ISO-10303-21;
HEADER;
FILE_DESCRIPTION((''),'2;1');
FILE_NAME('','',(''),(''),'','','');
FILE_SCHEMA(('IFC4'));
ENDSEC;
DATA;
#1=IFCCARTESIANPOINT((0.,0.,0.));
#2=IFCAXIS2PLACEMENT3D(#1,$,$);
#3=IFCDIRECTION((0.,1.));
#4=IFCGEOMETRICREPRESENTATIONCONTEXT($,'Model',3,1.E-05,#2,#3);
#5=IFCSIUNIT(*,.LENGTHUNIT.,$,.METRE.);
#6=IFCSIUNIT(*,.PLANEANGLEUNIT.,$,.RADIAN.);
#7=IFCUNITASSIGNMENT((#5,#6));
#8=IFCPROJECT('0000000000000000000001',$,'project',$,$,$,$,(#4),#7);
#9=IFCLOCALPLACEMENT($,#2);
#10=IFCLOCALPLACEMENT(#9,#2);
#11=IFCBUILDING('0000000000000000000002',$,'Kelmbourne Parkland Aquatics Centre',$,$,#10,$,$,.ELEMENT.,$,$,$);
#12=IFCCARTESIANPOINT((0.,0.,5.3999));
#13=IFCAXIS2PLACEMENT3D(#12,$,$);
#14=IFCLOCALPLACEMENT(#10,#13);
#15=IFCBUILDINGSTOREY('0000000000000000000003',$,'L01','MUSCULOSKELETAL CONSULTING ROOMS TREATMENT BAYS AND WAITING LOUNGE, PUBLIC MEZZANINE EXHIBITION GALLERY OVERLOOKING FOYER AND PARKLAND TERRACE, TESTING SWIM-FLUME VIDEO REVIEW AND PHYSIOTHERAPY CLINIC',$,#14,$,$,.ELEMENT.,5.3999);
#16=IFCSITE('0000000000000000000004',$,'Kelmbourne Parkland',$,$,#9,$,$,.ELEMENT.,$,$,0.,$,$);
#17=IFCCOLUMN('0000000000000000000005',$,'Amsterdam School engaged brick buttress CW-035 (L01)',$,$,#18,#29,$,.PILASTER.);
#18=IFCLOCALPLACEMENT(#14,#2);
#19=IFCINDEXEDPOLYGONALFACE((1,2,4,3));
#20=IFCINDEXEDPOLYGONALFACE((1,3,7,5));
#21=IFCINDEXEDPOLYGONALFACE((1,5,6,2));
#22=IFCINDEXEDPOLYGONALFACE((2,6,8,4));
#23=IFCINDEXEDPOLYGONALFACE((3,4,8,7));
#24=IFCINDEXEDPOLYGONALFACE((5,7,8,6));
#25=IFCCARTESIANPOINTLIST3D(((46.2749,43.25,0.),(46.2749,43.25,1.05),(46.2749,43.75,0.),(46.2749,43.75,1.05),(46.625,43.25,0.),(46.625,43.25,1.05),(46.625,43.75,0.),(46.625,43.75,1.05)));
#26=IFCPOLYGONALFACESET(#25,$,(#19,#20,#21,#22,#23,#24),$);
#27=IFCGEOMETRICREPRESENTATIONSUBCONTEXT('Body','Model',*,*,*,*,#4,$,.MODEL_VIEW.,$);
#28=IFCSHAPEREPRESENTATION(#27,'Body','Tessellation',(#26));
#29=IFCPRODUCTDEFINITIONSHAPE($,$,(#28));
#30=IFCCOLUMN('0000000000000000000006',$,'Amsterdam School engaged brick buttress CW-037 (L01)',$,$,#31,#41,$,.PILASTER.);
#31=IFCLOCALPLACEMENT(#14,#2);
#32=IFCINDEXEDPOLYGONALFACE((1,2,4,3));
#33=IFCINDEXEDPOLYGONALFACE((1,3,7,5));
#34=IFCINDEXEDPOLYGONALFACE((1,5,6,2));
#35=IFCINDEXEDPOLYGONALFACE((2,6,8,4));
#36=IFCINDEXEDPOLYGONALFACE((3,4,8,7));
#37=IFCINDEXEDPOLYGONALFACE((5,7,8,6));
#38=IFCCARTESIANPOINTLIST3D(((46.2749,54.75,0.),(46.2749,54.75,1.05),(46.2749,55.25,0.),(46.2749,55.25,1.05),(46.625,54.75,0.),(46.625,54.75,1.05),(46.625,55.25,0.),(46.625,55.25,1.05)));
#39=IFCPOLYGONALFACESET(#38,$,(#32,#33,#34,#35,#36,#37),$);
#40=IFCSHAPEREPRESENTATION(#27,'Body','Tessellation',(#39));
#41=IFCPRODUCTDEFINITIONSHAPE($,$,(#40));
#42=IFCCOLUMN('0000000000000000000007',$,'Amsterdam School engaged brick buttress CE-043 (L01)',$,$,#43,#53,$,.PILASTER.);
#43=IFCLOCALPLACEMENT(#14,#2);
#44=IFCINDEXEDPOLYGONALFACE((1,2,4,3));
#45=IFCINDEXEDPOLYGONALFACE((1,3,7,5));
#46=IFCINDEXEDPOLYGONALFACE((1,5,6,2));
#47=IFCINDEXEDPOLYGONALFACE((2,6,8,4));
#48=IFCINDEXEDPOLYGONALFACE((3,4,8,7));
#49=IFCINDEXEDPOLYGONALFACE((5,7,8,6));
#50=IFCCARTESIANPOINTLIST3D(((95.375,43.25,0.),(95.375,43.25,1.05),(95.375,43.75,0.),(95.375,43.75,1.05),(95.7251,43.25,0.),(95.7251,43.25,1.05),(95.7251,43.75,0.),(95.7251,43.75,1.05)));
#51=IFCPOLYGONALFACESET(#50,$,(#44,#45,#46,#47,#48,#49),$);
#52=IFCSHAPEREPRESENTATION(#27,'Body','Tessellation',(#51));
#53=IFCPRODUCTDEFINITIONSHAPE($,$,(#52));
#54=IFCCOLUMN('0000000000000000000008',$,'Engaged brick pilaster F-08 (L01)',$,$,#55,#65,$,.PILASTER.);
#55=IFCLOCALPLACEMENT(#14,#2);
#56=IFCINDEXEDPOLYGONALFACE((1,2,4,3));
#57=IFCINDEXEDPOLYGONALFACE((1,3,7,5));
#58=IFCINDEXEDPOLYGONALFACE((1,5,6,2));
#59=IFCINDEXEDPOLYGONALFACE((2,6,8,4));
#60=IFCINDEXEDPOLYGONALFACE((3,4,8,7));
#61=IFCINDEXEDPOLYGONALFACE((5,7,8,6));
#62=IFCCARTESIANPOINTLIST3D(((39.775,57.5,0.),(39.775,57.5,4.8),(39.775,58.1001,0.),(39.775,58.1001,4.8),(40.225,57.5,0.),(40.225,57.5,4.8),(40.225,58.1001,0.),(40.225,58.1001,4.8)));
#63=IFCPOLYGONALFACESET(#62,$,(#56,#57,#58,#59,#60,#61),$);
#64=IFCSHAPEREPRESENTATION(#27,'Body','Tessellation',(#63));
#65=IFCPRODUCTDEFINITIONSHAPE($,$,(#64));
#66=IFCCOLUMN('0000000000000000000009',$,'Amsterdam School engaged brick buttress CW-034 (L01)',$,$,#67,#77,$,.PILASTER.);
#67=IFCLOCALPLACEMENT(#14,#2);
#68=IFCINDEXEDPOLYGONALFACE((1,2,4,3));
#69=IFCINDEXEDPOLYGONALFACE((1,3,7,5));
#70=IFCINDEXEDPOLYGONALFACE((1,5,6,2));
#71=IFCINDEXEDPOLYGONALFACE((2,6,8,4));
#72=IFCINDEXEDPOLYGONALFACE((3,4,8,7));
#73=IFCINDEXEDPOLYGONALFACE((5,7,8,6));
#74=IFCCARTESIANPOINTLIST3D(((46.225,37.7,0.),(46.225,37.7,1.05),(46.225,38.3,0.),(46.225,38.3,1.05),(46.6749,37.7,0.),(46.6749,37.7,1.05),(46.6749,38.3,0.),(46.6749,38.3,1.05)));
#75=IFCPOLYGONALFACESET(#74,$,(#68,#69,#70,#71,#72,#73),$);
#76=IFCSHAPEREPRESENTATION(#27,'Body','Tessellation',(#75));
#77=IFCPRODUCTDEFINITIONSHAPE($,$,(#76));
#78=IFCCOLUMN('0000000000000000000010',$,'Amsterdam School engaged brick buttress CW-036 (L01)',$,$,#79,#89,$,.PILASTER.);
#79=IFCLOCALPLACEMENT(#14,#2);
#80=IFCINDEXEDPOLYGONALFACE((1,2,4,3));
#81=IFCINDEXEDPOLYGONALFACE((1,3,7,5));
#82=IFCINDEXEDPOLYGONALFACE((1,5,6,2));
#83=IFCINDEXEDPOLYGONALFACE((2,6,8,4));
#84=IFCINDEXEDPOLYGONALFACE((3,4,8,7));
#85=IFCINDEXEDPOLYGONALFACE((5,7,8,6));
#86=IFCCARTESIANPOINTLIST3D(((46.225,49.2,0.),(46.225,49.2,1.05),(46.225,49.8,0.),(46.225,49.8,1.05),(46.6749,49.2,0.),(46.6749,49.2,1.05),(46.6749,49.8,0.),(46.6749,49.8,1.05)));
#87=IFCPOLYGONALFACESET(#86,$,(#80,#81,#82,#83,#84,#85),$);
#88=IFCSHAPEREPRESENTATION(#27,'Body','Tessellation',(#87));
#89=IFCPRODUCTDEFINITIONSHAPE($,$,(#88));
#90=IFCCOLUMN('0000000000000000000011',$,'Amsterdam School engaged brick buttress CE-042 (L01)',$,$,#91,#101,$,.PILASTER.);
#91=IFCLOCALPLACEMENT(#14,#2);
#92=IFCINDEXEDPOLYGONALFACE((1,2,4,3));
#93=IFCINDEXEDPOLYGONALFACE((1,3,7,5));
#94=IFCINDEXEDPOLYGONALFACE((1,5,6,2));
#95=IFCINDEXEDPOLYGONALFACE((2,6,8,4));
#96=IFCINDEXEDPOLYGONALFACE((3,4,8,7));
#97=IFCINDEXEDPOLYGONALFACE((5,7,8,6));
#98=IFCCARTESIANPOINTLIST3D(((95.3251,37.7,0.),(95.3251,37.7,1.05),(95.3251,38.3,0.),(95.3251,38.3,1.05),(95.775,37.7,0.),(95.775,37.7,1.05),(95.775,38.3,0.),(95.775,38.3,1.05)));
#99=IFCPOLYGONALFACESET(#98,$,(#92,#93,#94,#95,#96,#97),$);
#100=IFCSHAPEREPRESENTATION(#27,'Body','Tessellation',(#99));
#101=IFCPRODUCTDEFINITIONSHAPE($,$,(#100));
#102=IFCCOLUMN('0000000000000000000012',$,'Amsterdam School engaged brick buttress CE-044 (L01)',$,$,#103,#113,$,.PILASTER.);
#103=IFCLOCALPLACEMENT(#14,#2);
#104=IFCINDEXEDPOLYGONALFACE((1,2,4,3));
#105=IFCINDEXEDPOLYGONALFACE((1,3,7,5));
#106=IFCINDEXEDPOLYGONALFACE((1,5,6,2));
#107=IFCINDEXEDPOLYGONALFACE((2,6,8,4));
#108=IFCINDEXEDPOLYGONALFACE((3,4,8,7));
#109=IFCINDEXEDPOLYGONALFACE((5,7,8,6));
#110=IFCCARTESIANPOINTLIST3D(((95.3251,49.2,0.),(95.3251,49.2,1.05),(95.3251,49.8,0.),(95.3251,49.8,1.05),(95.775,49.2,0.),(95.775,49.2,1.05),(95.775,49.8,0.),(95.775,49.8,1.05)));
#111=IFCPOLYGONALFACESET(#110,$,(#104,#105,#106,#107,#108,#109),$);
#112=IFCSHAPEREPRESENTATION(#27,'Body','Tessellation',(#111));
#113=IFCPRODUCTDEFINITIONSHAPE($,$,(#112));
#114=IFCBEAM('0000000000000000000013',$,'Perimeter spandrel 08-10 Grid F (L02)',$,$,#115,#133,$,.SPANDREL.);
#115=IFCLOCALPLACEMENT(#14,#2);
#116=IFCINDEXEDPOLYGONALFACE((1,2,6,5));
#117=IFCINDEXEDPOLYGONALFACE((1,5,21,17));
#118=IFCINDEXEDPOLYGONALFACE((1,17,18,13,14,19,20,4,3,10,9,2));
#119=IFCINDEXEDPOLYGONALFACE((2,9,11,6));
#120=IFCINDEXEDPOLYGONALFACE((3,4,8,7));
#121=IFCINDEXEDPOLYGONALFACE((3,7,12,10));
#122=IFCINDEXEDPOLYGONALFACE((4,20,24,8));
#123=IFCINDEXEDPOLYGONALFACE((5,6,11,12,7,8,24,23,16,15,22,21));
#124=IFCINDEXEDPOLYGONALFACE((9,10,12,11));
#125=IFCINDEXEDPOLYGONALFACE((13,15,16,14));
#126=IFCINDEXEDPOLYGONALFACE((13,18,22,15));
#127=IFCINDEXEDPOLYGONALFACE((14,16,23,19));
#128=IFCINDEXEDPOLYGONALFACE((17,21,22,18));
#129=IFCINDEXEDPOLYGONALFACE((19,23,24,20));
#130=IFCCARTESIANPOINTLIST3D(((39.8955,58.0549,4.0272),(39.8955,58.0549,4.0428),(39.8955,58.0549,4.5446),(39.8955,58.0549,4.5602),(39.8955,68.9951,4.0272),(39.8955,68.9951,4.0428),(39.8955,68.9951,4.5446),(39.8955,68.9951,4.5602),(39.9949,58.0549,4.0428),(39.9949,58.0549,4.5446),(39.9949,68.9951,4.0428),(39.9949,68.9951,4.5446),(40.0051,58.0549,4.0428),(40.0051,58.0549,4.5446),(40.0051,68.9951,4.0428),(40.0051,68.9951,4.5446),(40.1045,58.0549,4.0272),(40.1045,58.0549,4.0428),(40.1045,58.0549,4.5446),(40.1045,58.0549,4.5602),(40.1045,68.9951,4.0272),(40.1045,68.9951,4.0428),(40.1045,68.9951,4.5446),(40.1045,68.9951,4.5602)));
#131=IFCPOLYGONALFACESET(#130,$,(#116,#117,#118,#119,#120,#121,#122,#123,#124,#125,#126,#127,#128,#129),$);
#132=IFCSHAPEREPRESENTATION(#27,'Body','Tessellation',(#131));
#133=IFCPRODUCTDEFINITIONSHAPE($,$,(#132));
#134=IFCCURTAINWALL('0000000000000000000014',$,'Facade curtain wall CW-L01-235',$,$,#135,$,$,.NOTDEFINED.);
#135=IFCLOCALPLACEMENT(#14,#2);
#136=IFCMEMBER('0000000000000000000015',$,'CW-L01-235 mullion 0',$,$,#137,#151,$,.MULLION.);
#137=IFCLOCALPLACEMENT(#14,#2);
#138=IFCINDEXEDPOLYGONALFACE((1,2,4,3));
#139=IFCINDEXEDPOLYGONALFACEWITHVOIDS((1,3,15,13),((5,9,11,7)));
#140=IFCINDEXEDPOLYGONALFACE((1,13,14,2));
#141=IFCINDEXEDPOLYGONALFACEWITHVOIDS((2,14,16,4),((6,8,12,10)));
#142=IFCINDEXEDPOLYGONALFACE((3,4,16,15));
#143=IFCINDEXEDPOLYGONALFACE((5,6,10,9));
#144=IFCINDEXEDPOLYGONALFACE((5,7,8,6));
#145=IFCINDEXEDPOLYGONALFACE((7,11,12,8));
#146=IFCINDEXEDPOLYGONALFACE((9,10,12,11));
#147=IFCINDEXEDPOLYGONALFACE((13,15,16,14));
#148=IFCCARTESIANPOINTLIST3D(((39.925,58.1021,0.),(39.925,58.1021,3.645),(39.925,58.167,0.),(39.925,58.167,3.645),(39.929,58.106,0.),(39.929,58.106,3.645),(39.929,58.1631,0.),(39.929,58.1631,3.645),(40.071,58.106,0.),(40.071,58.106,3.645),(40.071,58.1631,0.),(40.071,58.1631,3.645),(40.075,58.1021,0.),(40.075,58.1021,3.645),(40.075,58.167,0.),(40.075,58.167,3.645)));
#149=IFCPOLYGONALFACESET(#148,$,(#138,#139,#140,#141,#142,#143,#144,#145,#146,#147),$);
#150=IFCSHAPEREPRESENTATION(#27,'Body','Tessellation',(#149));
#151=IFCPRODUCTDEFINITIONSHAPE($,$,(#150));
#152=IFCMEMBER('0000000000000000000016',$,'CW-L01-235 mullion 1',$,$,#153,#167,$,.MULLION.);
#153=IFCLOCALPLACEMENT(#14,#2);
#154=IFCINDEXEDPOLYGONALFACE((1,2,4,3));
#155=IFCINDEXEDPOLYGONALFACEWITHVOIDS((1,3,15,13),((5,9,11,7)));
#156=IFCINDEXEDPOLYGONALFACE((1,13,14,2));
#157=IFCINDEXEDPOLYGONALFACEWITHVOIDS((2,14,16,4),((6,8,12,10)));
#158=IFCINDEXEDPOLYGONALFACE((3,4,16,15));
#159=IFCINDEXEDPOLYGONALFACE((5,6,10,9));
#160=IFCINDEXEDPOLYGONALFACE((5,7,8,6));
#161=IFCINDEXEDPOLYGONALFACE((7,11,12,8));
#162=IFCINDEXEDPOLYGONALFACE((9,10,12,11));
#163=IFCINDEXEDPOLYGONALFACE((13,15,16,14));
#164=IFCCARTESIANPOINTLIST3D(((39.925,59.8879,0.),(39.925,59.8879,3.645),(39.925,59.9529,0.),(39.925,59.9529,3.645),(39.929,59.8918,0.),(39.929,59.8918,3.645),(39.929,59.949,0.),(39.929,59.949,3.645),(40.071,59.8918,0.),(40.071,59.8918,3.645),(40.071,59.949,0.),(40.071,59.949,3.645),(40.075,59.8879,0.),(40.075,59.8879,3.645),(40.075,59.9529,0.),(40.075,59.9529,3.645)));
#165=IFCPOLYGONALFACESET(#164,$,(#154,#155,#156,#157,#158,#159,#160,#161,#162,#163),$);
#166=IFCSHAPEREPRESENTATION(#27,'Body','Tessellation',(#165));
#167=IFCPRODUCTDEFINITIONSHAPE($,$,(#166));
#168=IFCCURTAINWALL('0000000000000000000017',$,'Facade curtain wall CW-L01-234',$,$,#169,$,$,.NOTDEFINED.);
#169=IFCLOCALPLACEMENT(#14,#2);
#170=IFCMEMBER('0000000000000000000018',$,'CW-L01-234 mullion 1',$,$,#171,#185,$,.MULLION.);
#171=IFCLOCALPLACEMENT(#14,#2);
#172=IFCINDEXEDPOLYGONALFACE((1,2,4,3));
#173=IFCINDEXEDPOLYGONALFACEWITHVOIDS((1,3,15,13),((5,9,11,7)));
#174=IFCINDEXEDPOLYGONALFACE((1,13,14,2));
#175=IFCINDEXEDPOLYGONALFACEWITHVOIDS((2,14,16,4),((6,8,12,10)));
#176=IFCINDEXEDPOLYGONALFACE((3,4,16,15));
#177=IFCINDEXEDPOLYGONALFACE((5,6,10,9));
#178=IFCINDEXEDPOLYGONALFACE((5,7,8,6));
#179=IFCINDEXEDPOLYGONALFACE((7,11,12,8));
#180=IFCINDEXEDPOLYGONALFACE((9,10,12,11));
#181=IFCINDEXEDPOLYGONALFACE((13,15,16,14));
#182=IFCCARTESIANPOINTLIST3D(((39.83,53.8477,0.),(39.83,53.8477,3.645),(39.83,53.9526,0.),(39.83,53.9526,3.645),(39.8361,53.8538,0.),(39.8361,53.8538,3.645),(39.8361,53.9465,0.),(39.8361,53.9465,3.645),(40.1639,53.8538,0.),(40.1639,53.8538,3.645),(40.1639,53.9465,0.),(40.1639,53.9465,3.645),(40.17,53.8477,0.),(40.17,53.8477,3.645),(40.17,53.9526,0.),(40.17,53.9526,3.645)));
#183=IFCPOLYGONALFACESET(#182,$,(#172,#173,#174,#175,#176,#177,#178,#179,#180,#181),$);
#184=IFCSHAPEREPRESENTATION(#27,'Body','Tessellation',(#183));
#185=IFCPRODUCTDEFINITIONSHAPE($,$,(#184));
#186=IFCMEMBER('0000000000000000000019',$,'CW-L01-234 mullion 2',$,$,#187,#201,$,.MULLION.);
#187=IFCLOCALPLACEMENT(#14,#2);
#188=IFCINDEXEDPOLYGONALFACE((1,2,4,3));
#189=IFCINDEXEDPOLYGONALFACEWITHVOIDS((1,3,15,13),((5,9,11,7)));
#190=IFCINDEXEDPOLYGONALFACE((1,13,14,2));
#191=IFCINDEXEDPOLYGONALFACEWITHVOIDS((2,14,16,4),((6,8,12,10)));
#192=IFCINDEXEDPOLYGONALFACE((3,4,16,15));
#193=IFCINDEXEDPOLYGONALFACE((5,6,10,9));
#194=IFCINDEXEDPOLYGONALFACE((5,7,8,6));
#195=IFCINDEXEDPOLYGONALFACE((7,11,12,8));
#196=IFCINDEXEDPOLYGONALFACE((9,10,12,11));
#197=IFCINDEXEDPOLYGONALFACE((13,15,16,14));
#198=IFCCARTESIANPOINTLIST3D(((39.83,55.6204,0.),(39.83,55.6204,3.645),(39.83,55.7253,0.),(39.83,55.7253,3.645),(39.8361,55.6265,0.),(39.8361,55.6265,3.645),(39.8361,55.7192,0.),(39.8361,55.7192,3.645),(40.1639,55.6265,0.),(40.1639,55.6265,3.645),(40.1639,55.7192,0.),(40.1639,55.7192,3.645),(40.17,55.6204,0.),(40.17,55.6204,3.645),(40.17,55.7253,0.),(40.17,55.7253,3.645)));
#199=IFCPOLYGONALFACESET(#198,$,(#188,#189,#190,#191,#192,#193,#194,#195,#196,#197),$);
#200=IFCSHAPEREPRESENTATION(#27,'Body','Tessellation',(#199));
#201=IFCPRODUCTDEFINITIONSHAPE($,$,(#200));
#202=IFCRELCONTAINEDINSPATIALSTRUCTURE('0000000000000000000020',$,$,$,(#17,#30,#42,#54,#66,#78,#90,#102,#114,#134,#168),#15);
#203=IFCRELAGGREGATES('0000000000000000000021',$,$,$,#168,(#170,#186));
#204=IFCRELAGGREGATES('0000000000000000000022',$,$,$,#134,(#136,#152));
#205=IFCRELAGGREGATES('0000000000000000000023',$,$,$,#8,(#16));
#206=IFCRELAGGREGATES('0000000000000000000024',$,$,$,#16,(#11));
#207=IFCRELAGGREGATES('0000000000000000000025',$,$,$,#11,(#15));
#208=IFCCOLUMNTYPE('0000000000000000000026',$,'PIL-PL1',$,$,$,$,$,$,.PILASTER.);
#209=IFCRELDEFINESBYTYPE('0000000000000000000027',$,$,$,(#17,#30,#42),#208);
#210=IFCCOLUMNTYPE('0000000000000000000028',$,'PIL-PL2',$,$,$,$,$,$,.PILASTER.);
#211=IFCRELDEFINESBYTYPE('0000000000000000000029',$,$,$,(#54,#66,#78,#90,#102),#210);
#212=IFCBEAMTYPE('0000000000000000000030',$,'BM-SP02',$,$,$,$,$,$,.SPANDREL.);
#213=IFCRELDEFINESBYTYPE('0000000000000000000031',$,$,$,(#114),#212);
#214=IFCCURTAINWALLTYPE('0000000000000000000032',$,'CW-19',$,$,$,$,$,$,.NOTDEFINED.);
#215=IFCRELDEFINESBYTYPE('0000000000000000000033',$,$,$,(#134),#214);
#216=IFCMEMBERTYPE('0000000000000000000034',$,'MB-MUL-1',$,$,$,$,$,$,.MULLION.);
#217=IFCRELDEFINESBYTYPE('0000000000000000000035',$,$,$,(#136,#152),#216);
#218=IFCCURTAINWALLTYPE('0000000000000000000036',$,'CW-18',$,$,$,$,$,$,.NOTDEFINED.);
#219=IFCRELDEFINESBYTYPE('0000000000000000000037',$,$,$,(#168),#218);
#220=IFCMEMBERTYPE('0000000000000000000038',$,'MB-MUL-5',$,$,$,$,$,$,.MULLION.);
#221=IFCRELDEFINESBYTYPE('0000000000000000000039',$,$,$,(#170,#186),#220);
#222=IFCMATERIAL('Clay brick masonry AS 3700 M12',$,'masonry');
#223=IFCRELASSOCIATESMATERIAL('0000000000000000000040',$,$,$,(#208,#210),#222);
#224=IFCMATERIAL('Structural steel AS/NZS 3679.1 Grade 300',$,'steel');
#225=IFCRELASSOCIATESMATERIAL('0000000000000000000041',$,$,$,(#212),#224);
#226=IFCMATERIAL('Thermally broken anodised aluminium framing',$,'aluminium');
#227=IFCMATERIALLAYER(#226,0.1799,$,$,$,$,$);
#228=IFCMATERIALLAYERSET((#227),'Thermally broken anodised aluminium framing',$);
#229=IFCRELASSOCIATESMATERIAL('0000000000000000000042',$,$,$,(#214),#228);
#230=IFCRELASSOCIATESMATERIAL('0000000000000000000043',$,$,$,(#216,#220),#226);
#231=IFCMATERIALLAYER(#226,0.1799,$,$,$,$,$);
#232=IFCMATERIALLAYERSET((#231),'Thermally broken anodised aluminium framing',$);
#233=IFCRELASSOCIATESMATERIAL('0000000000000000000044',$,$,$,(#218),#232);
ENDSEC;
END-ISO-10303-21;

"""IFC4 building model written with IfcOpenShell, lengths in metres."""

from ifc_helpers import new_model, si_unit, direction, frame, origin, origin_2d, place, context, subcontext, project, spatial, rectangle, hollow_rectangle, i_section, extrude, material, layer, layer_set, material_profile, profile_set, type_object, element, aggregate, save


model = new_model("IFC4")

# Units and contexts
model_context = context("Model", 3, precision=1e-05, world=origin(), true_north=direction((0.0, 1.0)))
body_context = subcontext(model_context, "Body", "Model", "MODEL_VIEW")
ifc_project = project(units=[si_unit("LENGTHUNIT", "METRE"), si_unit("PLANEANGLEUNIT", "RADIAN")], contexts=[model_context])

# Site, building, storey
site_placement = place(None, origin())
site = spatial("IfcSite", under=ifc_project, at=site_placement, Name="Kelmbourne Parkland", CompositionType="ELEMENT", RefElevation=0.0)
building_placement = place(site_placement, origin())
building = spatial("IfcBuilding", under=site, at=building_placement, Name="Kelmbourne Parkland Aquatics Centre", CompositionType="ELEMENT")
storey_placement = place(building_placement, frame((0.0, 0.0, 5.3999)))
storey = spatial("IfcBuildingStorey", under=building, at=storey_placement, Name="L01", Description="MUSCULOSKELETAL CONSULTING ROOMS TREATMENT BAYS AND WAITING LOUNGE, PUBLIC MEZZANINE EXHIBITION GALLERY OVERLOOKING FOYER AND PARKLAND TERRACE, TESTING SWIM-FLUME VIDEO REVIEW AND PHYSIOTHERAPY CLINIC", CompositionType="ELEMENT", Elevation=5.3999)

# Columns
ifc_material_1 = material(Name="Clay brick masonry AS 3700 M12", Category="masonry")
ifc_material_profile_1 = material_profile(ifc_material_1, rectangle(XDim=0.3501, YDim=0.5, at=origin_2d()), Name="PIL 350x500")
ifc_profile_set_1 = profile_set([ifc_material_profile_1], Name="Clay brick masonry AS 3700 M12")
column_type_1 = type_object("IfcColumnType", Name="PIL-PL1", PredefinedType="PILASTER", material=ifc_profile_set_1)
for number, where, z_axis, x_axis, name in (
    (1, (46.45, 43.5, 0.0), (0.0, 0.0, 1.0), (1.0, 0.0, 0.0), "Amsterdam School engaged brick buttress CW-035 (L01)"),
    (2, (46.45, 55.0, 0.0), (0.0, 0.0, 1.0), (1.0, 0.0, 0.0), "Amsterdam School engaged brick buttress CW-037 (L01)"),
    (3, (95.55, 43.5, 0.0), (0.0, 0.0, 1.0), (1.0, 0.0, 0.0), "Amsterdam School engaged brick buttress CE-043 (L01)"),
):
    element("IfcColumn", number, at=place(storey_placement, frame(where, z_axis=z_axis, x_axis=x_axis)), inside=storey, type_object=column_type_1, Name=name, PredefinedType="PILASTER", context=body_context, shape_type="SweptSolid", body=[
        extrude(rectangle(XDim=0.3501, YDim=0.5, at=origin_2d()), origin(), (0.0, 0.0, 1.0), 1.05),
    ])
ifc_material_profile_2 = material_profile(ifc_material_1, rectangle(XDim=0.45, YDim=0.6001, at=origin_2d()), Name="PIL 450x600")
ifc_profile_set_2 = profile_set([ifc_material_profile_2], Name="Clay brick masonry AS 3700 M12")
column_type_2 = type_object("IfcColumnType", Name="PIL-PL2", PredefinedType="PILASTER", material=ifc_profile_set_2)
column_placement = place(storey_placement, frame((40.0, 57.8, 0.0), z_axis=(0.0, 0.0, 1.0), x_axis=(1.0, 0.0, 0.0)))
element("IfcColumn", 4, at=column_placement, inside=storey, type_object=column_type_2, Name="Engaged brick pilaster F-08 (L01)", PredefinedType="PILASTER", context=body_context, shape_type="SweptSolid", body=[
    extrude(rectangle(XDim=0.45, YDim=0.6001, at=origin_2d()), origin(), (0.0, 0.0, 1.0), 4.8),
])
for number, where, z_axis, x_axis, name in (
    (5, (46.45, 38.0, 0.0), (0.0, 0.0, 1.0), (1.0, 0.0, 0.0), "Amsterdam School engaged brick buttress CW-034 (L01)"),
    (6, (46.45, 49.5, 0.0), (0.0, 0.0, 1.0), (1.0, 0.0, 0.0), "Amsterdam School engaged brick buttress CW-036 (L01)"),
    (7, (95.55, 38.0, 0.0), (0.0, 0.0, 1.0), (1.0, 0.0, 0.0), "Amsterdam School engaged brick buttress CE-042 (L01)"),
    (8, (95.55, 49.5, 0.0), (0.0, 0.0, 1.0), (1.0, 0.0, 0.0), "Amsterdam School engaged brick buttress CE-044 (L01)"),
):
    element("IfcColumn", number, at=place(storey_placement, frame(where, z_axis=z_axis, x_axis=x_axis)), inside=storey, type_object=column_type_2, Name=name, PredefinedType="PILASTER", context=body_context, shape_type="SweptSolid", body=[
        extrude(rectangle(XDim=0.45, YDim=0.6001, at=origin_2d()), origin(), (0.0, 0.0, 1.0), 1.05),
    ])

# Beam
ifc_material_2 = material(Name="Structural steel AS/NZS 3679.1 Grade 300", Category="steel")
ifc_material_profile_3 = material_profile(ifc_material_2, i_section(OverallWidth=0.209, OverallDepth=0.533, WebThickness=0.0103, FlangeThickness=0.0156, at=origin_2d()), Name="530UB92.4")
ifc_profile_set_3 = profile_set([ifc_material_profile_3], Name="Structural steel AS/NZS 3679.1 Grade 300")
beam_type = type_object("IfcBeamType", Name="BM-SP02", PredefinedType="SPANDREL", material=ifc_profile_set_3)
beam_placement = place(storey_placement, frame((40.0, 58.0549, 4.2937), z_axis=(0.0, 1.0, 0.0), x_axis=(-1.0, 0.0, 0.0)))
element("IfcBeam", 9, at=beam_placement, inside=storey, type_object=beam_type, Name="Perimeter spandrel 08-10 Grid F (L02)", PredefinedType="SPANDREL", context=body_context, shape_type="SweptSolid", body=[
    extrude(i_section(OverallWidth=0.209, OverallDepth=0.533, WebThickness=0.0103, FlangeThickness=0.0156, at=origin_2d()), origin(), (0.0, 0.0, 1.0), 10.9402),
])

# Curtain walls, members
ifc_material_3 = material(Name="Thermally broken anodised aluminium framing", Category="aluminium")
ifc_layer_1 = layer(ifc_material_3, 0.1799)
ifc_layer_set_1 = layer_set([ifc_layer_1], Name="Thermally broken anodised aluminium framing")
curtain_wall_type_1 = type_object("IfcCurtainWallType", Name="CW-19", PredefinedType="NOTDEFINED", material=ifc_layer_set_1)
curtain_wall_1_placement = place(storey_placement, origin())
curtain_wall_1 = element("IfcCurtainWall", 10, at=curtain_wall_1_placement, inside=storey, type_object=curtain_wall_type_1, Name="Facade curtain wall CW-L01-235", PredefinedType="NOTDEFINED")
ifc_material_profile_4 = material_profile(ifc_material_3, hollow_rectangle(XDim=0.0649, YDim=0.1499, WallThickness=0.0039, at=origin_2d()), Name="CW-M 65x150")
ifc_profile_set_4 = profile_set([ifc_material_profile_4], Name="Thermally broken anodised aluminium framing")
member_type_1 = type_object("IfcMemberType", Name="MB-MUL-1", PredefinedType="MULLION", material=ifc_profile_set_4)
member_1_placement = place(storey_placement, frame((40.0, 58.1345, 0.0), z_axis=(0.0, 0.0, 1.0), x_axis=(0.0, 1.0, 0.0)))
member_1 = element("IfcMember", 11, at=member_1_placement, type_object=member_type_1, Name="CW-L01-235 mullion 0", PredefinedType="MULLION", context=body_context, shape_type="SweptSolid", body=[
    extrude(hollow_rectangle(XDim=0.0649, YDim=0.1499, WallThickness=0.0039, at=origin_2d()), origin(), (0.0, 0.0, 1.0), 3.645),
])
member_2_placement = place(storey_placement, frame((40.0, 59.9204, 0.0), z_axis=(0.0, 0.0, 1.0), x_axis=(0.0, 1.0, 0.0)))
member_2 = element("IfcMember", 12, at=member_2_placement, type_object=member_type_1, Name="CW-L01-235 mullion 1", PredefinedType="MULLION", context=body_context, shape_type="SweptSolid", body=[
    extrude(hollow_rectangle(XDim=0.0649, YDim=0.1499, WallThickness=0.0039, at=origin_2d()), origin(), (0.0, 0.0, 1.0), 3.645),
])
ifc_layer_2 = layer(ifc_material_3, 0.1799)
ifc_layer_set_2 = layer_set([ifc_layer_2], Name="Thermally broken anodised aluminium framing")
curtain_wall_type_2 = type_object("IfcCurtainWallType", Name="CW-18", PredefinedType="NOTDEFINED", material=ifc_layer_set_2)
curtain_wall_2_placement = place(storey_placement, origin())
curtain_wall_2 = element("IfcCurtainWall", 13, at=curtain_wall_2_placement, inside=storey, type_object=curtain_wall_type_2, Name="Facade curtain wall CW-L01-234", PredefinedType="NOTDEFINED")
ifc_material_profile_5 = material_profile(ifc_material_3, hollow_rectangle(XDim=0.105, YDim=0.3401, WallThickness=0.0061, at=origin_2d()), Name="CW-M 105x340")
ifc_profile_set_5 = profile_set([ifc_material_profile_5], Name="Thermally broken anodised aluminium framing")
member_type_2 = type_object("IfcMemberType", Name="MB-MUL-5", PredefinedType="MULLION", material=ifc_profile_set_5)
member_3_placement = place(storey_placement, frame((40.0, 53.9001, 0.0), z_axis=(0.0, 0.0, 1.0), x_axis=(0.0, 1.0, 0.0)))
member_3 = element("IfcMember", 14, at=member_3_placement, type_object=member_type_2, Name="CW-L01-234 mullion 1", PredefinedType="MULLION", context=body_context, shape_type="SweptSolid", body=[
    extrude(hollow_rectangle(XDim=0.105, YDim=0.3401, WallThickness=0.0061, at=origin_2d()), origin(), (0.0, 0.0, 1.0), 3.645),
])
member_4_placement = place(storey_placement, frame((40.0, 55.6729, 0.0), z_axis=(0.0, 0.0, 1.0), x_axis=(0.0, 1.0, 0.0)))
member_4 = element("IfcMember", 15, at=member_4_placement, type_object=member_type_2, Name="CW-L01-234 mullion 2", PredefinedType="MULLION", context=body_context, shape_type="SweptSolid", body=[
    extrude(hollow_rectangle(XDim=0.105, YDim=0.3401, WallThickness=0.0061, at=origin_2d()), origin(), (0.0, 0.0, 1.0), 3.645),
])

aggregate(curtain_wall_2, [member_3, member_4])
aggregate(curtain_wall_1, [member_1, member_2])

save(model, "model.ifc")
